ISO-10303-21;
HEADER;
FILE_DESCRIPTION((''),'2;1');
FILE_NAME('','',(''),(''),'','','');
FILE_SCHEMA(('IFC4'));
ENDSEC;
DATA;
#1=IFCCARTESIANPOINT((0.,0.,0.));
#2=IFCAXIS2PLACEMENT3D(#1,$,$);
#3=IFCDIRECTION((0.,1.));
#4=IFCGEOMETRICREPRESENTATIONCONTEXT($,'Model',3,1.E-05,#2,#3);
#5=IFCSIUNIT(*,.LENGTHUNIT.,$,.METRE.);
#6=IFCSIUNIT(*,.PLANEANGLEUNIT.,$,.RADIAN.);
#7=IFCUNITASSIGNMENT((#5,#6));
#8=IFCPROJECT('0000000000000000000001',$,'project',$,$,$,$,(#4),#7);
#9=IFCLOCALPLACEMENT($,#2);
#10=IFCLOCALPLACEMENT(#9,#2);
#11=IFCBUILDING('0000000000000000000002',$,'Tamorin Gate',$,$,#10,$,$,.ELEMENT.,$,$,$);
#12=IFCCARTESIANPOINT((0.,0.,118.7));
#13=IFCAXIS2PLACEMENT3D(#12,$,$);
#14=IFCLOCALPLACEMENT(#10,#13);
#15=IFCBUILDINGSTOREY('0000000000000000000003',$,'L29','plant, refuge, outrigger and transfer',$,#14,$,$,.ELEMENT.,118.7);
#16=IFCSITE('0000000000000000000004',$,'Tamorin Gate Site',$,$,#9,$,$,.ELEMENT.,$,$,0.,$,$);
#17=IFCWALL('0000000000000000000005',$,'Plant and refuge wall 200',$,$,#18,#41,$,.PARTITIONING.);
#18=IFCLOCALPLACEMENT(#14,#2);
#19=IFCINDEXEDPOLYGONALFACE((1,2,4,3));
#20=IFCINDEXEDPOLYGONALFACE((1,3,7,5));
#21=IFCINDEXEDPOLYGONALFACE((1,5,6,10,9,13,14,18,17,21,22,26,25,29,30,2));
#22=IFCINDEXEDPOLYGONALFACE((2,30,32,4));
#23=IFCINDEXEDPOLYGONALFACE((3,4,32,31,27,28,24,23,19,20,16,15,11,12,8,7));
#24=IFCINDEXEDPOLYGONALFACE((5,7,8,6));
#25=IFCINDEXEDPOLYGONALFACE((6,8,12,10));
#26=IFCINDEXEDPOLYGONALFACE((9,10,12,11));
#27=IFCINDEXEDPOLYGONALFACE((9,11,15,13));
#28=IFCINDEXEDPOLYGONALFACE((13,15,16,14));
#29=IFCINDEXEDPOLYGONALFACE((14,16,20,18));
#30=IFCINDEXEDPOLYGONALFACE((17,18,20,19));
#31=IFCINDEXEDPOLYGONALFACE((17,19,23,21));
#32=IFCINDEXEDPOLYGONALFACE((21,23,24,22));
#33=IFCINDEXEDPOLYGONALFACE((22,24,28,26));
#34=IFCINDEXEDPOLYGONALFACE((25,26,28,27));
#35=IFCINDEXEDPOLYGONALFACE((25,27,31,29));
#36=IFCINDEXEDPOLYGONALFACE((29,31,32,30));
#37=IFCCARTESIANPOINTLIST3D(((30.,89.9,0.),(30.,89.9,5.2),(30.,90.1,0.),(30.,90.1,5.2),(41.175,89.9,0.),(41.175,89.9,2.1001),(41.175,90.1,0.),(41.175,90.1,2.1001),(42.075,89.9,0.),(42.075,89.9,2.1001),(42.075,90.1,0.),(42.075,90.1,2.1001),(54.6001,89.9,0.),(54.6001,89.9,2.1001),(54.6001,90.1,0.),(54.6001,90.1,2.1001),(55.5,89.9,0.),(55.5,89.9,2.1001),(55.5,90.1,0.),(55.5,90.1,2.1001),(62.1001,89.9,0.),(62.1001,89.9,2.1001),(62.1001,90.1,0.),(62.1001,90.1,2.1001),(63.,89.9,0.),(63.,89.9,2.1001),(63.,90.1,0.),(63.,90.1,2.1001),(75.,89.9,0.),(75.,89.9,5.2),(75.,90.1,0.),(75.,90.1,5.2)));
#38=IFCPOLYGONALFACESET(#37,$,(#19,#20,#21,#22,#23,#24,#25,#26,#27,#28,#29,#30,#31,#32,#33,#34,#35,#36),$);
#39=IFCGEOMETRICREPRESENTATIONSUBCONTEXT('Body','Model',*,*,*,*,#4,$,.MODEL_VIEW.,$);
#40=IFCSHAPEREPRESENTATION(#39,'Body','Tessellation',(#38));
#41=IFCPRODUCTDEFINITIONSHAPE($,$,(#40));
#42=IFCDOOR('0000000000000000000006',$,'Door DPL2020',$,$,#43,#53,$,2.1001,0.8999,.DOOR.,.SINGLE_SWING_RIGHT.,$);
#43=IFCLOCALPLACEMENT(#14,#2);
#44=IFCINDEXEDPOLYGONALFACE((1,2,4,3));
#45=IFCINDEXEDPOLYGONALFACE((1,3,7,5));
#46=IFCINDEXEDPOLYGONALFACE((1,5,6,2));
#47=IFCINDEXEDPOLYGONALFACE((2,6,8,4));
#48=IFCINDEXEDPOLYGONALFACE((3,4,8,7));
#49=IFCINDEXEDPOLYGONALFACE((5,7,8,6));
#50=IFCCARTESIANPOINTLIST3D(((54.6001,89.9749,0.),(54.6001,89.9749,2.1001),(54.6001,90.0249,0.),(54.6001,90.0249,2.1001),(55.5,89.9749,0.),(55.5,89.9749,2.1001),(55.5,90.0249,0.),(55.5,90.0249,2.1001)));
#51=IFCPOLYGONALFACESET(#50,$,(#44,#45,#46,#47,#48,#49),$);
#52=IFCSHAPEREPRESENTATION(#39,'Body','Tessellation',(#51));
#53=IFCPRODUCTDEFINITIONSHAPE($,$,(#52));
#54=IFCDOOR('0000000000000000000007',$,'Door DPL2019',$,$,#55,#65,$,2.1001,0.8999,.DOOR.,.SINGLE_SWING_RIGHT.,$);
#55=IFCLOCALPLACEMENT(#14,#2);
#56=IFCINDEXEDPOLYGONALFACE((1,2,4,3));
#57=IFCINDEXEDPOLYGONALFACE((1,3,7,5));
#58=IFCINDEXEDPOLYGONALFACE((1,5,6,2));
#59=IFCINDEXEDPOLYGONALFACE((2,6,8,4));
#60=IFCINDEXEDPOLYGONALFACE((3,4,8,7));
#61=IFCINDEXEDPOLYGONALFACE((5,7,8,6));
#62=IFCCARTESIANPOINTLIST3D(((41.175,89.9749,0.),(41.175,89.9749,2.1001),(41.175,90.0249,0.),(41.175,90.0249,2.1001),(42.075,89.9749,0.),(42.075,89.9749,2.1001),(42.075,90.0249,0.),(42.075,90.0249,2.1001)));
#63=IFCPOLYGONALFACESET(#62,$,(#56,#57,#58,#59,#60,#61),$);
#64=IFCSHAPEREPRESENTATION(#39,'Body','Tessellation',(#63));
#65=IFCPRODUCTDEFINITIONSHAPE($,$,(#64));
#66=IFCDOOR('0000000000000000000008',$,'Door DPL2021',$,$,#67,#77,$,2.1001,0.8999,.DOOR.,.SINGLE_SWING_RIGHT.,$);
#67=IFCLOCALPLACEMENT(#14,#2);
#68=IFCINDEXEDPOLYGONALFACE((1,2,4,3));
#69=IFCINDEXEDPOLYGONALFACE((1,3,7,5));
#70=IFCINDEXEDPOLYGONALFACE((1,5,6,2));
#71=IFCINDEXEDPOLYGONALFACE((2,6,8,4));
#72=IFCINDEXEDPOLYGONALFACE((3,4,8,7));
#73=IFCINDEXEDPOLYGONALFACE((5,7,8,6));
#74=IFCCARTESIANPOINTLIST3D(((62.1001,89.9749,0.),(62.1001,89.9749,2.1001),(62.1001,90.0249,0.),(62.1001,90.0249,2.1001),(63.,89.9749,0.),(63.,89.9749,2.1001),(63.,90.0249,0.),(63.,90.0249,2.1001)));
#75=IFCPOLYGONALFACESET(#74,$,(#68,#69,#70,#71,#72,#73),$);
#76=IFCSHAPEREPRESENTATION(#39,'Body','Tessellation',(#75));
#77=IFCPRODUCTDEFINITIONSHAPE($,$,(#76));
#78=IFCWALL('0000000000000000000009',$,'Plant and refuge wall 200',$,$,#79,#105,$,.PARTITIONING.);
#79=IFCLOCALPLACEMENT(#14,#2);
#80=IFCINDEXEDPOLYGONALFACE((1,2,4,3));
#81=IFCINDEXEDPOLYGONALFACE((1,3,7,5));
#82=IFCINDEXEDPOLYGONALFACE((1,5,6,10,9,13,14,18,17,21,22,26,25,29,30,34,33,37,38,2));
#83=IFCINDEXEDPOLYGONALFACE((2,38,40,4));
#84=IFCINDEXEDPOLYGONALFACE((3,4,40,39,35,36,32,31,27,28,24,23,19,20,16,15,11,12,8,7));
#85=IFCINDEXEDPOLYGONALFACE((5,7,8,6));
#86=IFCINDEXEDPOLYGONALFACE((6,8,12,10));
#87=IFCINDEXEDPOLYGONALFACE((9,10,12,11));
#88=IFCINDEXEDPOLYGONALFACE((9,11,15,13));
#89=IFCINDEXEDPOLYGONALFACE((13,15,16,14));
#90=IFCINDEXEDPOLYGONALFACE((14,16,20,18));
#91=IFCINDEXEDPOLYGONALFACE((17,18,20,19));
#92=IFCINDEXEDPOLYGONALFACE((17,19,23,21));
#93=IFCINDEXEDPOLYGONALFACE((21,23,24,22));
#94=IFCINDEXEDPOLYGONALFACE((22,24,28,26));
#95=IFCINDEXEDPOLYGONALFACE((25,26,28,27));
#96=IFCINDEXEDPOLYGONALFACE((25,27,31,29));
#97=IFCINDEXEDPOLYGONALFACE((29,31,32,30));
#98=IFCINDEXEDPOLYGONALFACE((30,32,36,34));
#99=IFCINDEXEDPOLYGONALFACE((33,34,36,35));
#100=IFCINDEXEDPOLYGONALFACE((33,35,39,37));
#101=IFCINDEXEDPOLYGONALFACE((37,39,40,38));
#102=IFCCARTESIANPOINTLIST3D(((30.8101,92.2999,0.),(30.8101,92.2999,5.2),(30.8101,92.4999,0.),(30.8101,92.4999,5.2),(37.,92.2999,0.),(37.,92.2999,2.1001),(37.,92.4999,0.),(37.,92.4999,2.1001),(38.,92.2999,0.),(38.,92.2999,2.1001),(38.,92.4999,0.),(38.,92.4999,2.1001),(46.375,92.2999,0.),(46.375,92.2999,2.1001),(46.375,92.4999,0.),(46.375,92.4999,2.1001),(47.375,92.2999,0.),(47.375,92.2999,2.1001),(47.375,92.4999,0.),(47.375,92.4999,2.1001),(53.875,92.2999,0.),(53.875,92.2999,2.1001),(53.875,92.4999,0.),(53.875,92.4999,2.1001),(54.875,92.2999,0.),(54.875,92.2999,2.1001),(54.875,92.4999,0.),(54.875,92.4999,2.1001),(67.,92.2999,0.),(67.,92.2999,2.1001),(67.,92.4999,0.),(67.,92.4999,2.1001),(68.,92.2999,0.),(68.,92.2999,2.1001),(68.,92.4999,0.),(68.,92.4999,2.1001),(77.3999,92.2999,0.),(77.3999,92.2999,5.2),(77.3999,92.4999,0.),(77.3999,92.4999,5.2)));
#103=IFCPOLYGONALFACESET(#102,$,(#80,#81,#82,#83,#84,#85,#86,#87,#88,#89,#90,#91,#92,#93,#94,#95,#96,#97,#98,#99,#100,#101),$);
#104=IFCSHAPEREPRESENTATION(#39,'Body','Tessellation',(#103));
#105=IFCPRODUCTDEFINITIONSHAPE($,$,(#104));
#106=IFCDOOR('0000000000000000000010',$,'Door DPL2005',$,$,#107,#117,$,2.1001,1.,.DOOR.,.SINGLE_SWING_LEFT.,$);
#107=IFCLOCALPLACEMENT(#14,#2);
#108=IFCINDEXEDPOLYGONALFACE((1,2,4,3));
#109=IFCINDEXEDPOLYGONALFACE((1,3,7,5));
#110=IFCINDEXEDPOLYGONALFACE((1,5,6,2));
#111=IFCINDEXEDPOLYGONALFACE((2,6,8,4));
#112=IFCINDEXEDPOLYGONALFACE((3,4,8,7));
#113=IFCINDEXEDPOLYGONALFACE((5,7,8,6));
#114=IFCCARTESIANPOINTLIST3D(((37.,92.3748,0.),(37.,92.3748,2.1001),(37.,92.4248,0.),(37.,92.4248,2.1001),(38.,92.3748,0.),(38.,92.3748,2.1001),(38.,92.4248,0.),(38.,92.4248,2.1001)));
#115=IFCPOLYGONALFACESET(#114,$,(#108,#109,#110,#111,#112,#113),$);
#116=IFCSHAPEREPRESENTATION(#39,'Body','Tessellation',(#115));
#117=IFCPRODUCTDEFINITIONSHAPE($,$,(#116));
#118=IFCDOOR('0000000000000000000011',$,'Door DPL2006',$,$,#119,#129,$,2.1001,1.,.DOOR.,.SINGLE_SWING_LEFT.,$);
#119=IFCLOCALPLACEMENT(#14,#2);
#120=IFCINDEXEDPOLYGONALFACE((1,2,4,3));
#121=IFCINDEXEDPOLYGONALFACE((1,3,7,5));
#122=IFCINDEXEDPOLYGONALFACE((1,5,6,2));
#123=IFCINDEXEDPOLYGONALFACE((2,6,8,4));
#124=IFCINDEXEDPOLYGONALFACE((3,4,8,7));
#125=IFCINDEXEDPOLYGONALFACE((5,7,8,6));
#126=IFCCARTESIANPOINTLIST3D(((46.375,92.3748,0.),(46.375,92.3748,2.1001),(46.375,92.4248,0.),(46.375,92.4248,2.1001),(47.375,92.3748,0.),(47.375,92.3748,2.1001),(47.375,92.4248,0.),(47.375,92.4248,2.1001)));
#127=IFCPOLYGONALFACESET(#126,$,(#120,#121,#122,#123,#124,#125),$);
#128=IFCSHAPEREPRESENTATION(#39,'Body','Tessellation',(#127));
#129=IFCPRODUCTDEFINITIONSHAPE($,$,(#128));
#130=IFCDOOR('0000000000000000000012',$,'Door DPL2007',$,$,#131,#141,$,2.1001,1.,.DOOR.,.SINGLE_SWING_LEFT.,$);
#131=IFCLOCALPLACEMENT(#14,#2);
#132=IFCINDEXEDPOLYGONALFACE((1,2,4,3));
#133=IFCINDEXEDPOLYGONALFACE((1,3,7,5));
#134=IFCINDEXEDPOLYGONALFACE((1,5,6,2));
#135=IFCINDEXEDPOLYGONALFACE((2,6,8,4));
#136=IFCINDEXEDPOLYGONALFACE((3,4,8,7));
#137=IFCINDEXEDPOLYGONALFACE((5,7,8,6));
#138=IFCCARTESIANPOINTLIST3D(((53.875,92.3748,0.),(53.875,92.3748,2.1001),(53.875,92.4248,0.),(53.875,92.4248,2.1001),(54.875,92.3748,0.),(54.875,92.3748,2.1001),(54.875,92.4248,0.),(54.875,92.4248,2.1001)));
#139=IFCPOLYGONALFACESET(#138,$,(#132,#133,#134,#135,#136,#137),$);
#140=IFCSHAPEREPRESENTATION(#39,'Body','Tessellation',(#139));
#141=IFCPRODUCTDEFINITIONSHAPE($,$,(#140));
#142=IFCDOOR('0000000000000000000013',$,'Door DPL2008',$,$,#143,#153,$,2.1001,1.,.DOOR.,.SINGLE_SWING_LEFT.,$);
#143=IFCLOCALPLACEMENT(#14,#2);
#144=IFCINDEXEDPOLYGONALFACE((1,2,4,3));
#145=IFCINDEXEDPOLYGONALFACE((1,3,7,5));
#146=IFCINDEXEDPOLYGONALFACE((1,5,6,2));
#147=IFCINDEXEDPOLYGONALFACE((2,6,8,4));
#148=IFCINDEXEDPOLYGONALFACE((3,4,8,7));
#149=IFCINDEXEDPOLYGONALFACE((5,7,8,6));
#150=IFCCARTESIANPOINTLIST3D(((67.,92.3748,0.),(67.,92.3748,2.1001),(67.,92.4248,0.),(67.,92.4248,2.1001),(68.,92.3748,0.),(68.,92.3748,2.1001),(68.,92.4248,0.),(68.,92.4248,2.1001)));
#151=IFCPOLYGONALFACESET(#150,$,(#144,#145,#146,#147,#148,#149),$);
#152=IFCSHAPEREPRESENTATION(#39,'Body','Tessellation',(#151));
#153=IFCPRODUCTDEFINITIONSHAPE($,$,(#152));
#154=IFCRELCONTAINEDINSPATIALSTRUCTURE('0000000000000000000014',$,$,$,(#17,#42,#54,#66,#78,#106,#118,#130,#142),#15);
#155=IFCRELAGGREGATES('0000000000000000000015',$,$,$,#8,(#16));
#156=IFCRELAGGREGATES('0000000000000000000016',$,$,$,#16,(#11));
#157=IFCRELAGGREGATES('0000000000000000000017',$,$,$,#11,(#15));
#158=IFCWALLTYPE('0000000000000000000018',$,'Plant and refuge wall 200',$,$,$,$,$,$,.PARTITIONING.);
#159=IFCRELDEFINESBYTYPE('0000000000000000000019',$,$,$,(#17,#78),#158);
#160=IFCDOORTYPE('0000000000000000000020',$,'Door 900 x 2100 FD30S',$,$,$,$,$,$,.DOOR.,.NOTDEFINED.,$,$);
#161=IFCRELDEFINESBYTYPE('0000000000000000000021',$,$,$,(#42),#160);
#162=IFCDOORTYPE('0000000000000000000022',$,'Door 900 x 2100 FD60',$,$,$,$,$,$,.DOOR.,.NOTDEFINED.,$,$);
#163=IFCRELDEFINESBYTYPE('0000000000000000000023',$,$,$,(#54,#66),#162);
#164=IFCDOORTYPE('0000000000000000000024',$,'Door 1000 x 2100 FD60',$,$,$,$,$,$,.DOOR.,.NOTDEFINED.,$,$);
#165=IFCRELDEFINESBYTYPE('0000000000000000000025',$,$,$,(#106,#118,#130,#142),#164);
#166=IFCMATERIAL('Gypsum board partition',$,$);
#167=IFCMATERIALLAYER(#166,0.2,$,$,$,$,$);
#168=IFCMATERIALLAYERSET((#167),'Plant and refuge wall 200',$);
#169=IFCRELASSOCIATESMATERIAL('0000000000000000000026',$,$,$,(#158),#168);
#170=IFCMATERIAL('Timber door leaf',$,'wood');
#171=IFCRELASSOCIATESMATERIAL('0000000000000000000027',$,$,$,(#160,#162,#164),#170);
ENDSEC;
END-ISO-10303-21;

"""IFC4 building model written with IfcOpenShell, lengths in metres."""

from ifc_helpers import new_model, si_unit, direction, frame, frame_2d, origin, place, context, subcontext, project, spatial, rectangle, extrude, material, layer, layer_set, type_object, element, fill, save


model = new_model("IFC4")

# Units and contexts
model_context = context("Model", 3, precision=1e-05, world=origin(), true_north=direction((0.0, 1.0)))
body_context = subcontext(model_context, "Body", "Model", "MODEL_VIEW")
ifc_project = project(units=[si_unit("LENGTHUNIT", "METRE"), si_unit("PLANEANGLEUNIT", "RADIAN")], contexts=[model_context])

# Site, building, storey
site_placement = place(None, origin())
site = spatial("IfcSite", under=ifc_project, at=site_placement, Name="Tamorin Gate Site", CompositionType="ELEMENT", RefElevation=0.0)
building_placement = place(site_placement, origin())
building = spatial("IfcBuilding", under=site, at=building_placement, Name="Tamorin Gate", CompositionType="ELEMENT")
storey_placement = place(building_placement, frame((0.0, 0.0, 118.7)))
storey = spatial("IfcBuildingStorey", under=building, at=storey_placement, Name="L29", Description="plant, refuge, outrigger and transfer", CompositionType="ELEMENT", Elevation=118.7)

# Walls, openings, doors
ifc_material_1 = material(Name="Gypsum board partition")
ifc_layer_1 = layer(ifc_material_1, 0.2)
ifc_layer_set_1 = layer_set([ifc_layer_1], Name="Plant and refuge wall 200")
wall_type_1 = type_object("IfcWallType", Name="Plant and refuge wall 200", PredefinedType="PARTITIONING", material=ifc_layer_set_1)
wall_1_placement = place(storey_placement, frame((30.0, 90.0, 0.0), z_axis=(0.0, 0.0, 1.0), x_axis=(1.0, 0.0, 0.0)))
wall_1 = element("IfcWall", 1, at=wall_1_placement, inside=storey, type_object=wall_type_1, Name="Plant and refuge wall 200", PredefinedType="PARTITIONING", context=body_context, shape_type="SweptSolid", body=[
    extrude(rectangle(XDim=45.0, YDim=0.2, at=frame_2d((22.5, 0.0))), origin(), (0.0, 0.0, 1.0), 5.2),
])
opening_1_placement = place(wall_1_placement, frame((11.175, 0.0, 0.0)))
opening_1 = element("IfcOpeningElement", 2, at=opening_1_placement, cuts=wall_1, PredefinedType="OPENING", context=body_context, shape_type="SweptSolid", body=[
    extrude(rectangle(XDim=0.8999, YDim=2.1001, at=frame_2d((0.45, 1.05))), frame((0.0, 0.1099, 0.0), z_axis=(0.0, -1.0, 0.0), x_axis=(1.0, 0.0, 0.0)), (0.0, 0.0, 1.0), 0.22),
])
opening_2_placement = place(wall_1_placement, frame((24.6001, 0.0, 0.0)))
opening_2 = element("IfcOpeningElement", 3, at=opening_2_placement, cuts=wall_1, PredefinedType="OPENING", context=body_context, shape_type="SweptSolid", body=[
    extrude(rectangle(XDim=0.8999, YDim=2.1001, at=frame_2d((0.45, 1.05))), frame((0.0, 0.1099, 0.0), z_axis=(0.0, -1.0, 0.0), x_axis=(1.0, 0.0, 0.0)), (0.0, 0.0, 1.0), 0.22),
])
opening_3_placement = place(wall_1_placement, frame((32.1001, 0.0, 0.0)))
opening_3 = element("IfcOpeningElement", 4, at=opening_3_placement, cuts=wall_1, PredefinedType="OPENING", context=body_context, shape_type="SweptSolid", body=[
    extrude(rectangle(XDim=0.8999, YDim=2.1001, at=frame_2d((0.45, 1.05))), frame((0.0, 0.1099, 0.0), z_axis=(0.0, -1.0, 0.0), x_axis=(1.0, 0.0, 0.0)), (0.0, 0.0, 1.0), 0.22),
])
ifc_material_2 = material(Name="Timber door leaf", Category="wood")
door_type_1 = type_object("IfcDoorType", Name="Door 900 x 2100 FD30S", OperationType="NOTDEFINED", PredefinedType="DOOR", material=ifc_material_2)
door_1_placement = place(opening_2_placement, origin())
door_1 = element("IfcDoor", 5, at=door_1_placement, inside=storey, type_object=door_type_1, Name="Door DPL2020", OperationType="SINGLE_SWING_RIGHT", OverallHeight=2.1001, OverallWidth=0.8999, PredefinedType="DOOR", context=body_context, shape_type="SweptSolid", body=[
    extrude(rectangle(XDim=0.8999, YDim=2.1001, at=frame_2d((0.45, 1.05))), frame((0.0, 0.0249, 0.0), z_axis=(0.0, -1.0, 0.0), x_axis=(1.0, 0.0, 0.0)), (0.0, 0.0, 1.0), 0.05),
])
fill(opening_2, door_1)
door_type_2 = type_object("IfcDoorType", Name="Door 900 x 2100 FD60", OperationType="NOTDEFINED", PredefinedType="DOOR", material=ifc_material_2)
door_2_placement = place(opening_1_placement, origin())
door_2 = element("IfcDoor", 6, at=door_2_placement, inside=storey, type_object=door_type_2, Name="Door DPL2019", OperationType="SINGLE_SWING_RIGHT", OverallHeight=2.1001, OverallWidth=0.8999, PredefinedType="DOOR", context=body_context, shape_type="SweptSolid", body=[
    extrude(rectangle(XDim=0.8999, YDim=2.1001, at=frame_2d((0.45, 1.05))), frame((0.0, 0.0249, 0.0), z_axis=(0.0, -1.0, 0.0), x_axis=(1.0, 0.0, 0.0)), (0.0, 0.0, 1.0), 0.05),
])
fill(opening_1, door_2)
door_3_placement = place(opening_3_placement, origin())
door_3 = element("IfcDoor", 7, at=door_3_placement, inside=storey, type_object=door_type_2, Name="Door DPL2021", OperationType="SINGLE_SWING_RIGHT", OverallHeight=2.1001, OverallWidth=0.8999, PredefinedType="DOOR", context=body_context, shape_type="SweptSolid", body=[
    extrude(rectangle(XDim=0.8999, YDim=2.1001, at=frame_2d((0.45, 1.05))), frame((0.0, 0.0249, 0.0), z_axis=(0.0, -1.0, 0.0), x_axis=(1.0, 0.0, 0.0)), (0.0, 0.0, 1.0), 0.05),
])
fill(opening_3, door_3)
wall_2_placement = place(storey_placement, frame((30.8101, 92.3999, 0.0), z_axis=(0.0, 0.0, 1.0), x_axis=(1.0, 0.0, 0.0)))
wall_2 = element("IfcWall", 8, at=wall_2_placement, inside=storey, type_object=wall_type_1, Name="Plant and refuge wall 200", PredefinedType="PARTITIONING", context=body_context, shape_type="SweptSolid", body=[
    extrude(rectangle(XDim=46.5898, YDim=0.2, at=frame_2d((23.2949, 0.0))), origin(), (0.0, 0.0, 1.0), 5.2),
])
opening_4_placement = place(wall_2_placement, frame((6.1899, 0.0, 0.0)))
opening_4 = element("IfcOpeningElement", 9, at=opening_4_placement, cuts=wall_2, PredefinedType="OPENING", context=body_context, shape_type="SweptSolid", body=[
    extrude(rectangle(XDim=1.0, YDim=2.1001, at=frame_2d((0.5, 1.05))), frame((0.0, 0.1099, 0.0), z_axis=(0.0, -1.0, 0.0), x_axis=(1.0, 0.0, 0.0)), (0.0, 0.0, 1.0), 0.22),
])
opening_5_placement = place(wall_2_placement, frame((15.5649, 0.0, 0.0)))
opening_5 = element("IfcOpeningElement", 10, at=opening_5_placement, cuts=wall_2, PredefinedType="OPENING", context=body_context, shape_type="SweptSolid", body=[
    extrude(rectangle(XDim=1.0, YDim=2.1001, at=frame_2d((0.5, 1.05))), frame((0.0, 0.1099, 0.0), z_axis=(0.0, -1.0, 0.0), x_axis=(1.0, 0.0, 0.0)), (0.0, 0.0, 1.0), 0.22),
])
opening_6_placement = place(wall_2_placement, frame((23.0649, 0.0, 0.0)))
opening_6 = element("IfcOpeningElement", 11, at=opening_6_placement, cuts=wall_2, PredefinedType="OPENING", context=body_context, shape_type="SweptSolid", body=[
    extrude(rectangle(XDim=1.0, YDim=2.1001, at=frame_2d((0.5, 1.05))), frame((0.0, 0.1099, 0.0), z_axis=(0.0, -1.0, 0.0), x_axis=(1.0, 0.0, 0.0)), (0.0, 0.0, 1.0), 0.22),
])
opening_7_placement = place(wall_2_placement, frame((36.1899, 0.0, 0.0)))
opening_7 = element("IfcOpeningElement", 12, at=opening_7_placement, cuts=wall_2, PredefinedType="OPENING", context=body_context, shape_type="SweptSolid", body=[
    extrude(rectangle(XDim=1.0, YDim=2.1001, at=frame_2d((0.5, 1.05))), frame((0.0, 0.1099, 0.0), z_axis=(0.0, -1.0, 0.0), x_axis=(1.0, 0.0, 0.0)), (0.0, 0.0, 1.0), 0.22),
])
door_type_3 = type_object("IfcDoorType", Name="Door 1000 x 2100 FD60", OperationType="NOTDEFINED", PredefinedType="DOOR", material=ifc_material_2)
door_4_placement = place(opening_4_placement, origin())
door_4 = element("IfcDoor", 13, at=door_4_placement, inside=storey, type_object=door_type_3, Name="Door DPL2005", OperationType="SINGLE_SWING_LEFT", OverallHeight=2.1001, OverallWidth=1.0, PredefinedType="DOOR", context=body_context, shape_type="SweptSolid", body=[
    extrude(rectangle(XDim=1.0, YDim=2.1001, at=frame_2d((0.5, 1.05))), frame((0.0, 0.0249, 0.0), z_axis=(0.0, -1.0, 0.0), x_axis=(1.0, 0.0, 0.0)), (0.0, 0.0, 1.0), 0.05),
])
fill(opening_4, door_4)
door_5_placement = place(opening_5_placement, origin())
door_5 = element("IfcDoor", 14, at=door_5_placement, inside=storey, type_object=door_type_3, Name="Door DPL2006", OperationType="SINGLE_SWING_LEFT", OverallHeight=2.1001, OverallWidth=1.0, PredefinedType="DOOR", context=body_context, shape_type="SweptSolid", body=[
    extrude(rectangle(XDim=1.0, YDim=2.1001, at=frame_2d((0.5, 1.05))), frame((0.0, 0.0249, 0.0), z_axis=(0.0, -1.0, 0.0), x_axis=(1.0, 0.0, 0.0)), (0.0, 0.0, 1.0), 0.05),
])
fill(opening_5, door_5)
door_6_placement = place(opening_6_placement, origin())
door_6 = element("IfcDoor", 15, at=door_6_placement, inside=storey, type_object=door_type_3, Name="Door DPL2007", OperationType="SINGLE_SWING_LEFT", OverallHeight=2.1001, OverallWidth=1.0, PredefinedType="DOOR", context=body_context, shape_type="SweptSolid", body=[
    extrude(rectangle(XDim=1.0, YDim=2.1001, at=frame_2d((0.5, 1.05))), frame((0.0, 0.0249, 0.0), z_axis=(0.0, -1.0, 0.0), x_axis=(1.0, 0.0, 0.0)), (0.0, 0.0, 1.0), 0.05),
])
fill(opening_6, door_6)
door_7_placement = place(opening_7_placement, origin())
door_7 = element("IfcDoor", 16, at=door_7_placement, inside=storey, type_object=door_type_3, Name="Door DPL2008", OperationType="SINGLE_SWING_LEFT", OverallHeight=2.1001, OverallWidth=1.0, PredefinedType="DOOR", context=body_context, shape_type="SweptSolid", body=[
    extrude(rectangle(XDim=1.0, YDim=2.1001, at=frame_2d((0.5, 1.05))), frame((0.0, 0.0249, 0.0), z_axis=(0.0, -1.0, 0.0), x_axis=(1.0, 0.0, 0.0)), (0.0, 0.0, 1.0), 0.05),
])
fill(opening_7, door_7)

save(model, "model.ifc")
